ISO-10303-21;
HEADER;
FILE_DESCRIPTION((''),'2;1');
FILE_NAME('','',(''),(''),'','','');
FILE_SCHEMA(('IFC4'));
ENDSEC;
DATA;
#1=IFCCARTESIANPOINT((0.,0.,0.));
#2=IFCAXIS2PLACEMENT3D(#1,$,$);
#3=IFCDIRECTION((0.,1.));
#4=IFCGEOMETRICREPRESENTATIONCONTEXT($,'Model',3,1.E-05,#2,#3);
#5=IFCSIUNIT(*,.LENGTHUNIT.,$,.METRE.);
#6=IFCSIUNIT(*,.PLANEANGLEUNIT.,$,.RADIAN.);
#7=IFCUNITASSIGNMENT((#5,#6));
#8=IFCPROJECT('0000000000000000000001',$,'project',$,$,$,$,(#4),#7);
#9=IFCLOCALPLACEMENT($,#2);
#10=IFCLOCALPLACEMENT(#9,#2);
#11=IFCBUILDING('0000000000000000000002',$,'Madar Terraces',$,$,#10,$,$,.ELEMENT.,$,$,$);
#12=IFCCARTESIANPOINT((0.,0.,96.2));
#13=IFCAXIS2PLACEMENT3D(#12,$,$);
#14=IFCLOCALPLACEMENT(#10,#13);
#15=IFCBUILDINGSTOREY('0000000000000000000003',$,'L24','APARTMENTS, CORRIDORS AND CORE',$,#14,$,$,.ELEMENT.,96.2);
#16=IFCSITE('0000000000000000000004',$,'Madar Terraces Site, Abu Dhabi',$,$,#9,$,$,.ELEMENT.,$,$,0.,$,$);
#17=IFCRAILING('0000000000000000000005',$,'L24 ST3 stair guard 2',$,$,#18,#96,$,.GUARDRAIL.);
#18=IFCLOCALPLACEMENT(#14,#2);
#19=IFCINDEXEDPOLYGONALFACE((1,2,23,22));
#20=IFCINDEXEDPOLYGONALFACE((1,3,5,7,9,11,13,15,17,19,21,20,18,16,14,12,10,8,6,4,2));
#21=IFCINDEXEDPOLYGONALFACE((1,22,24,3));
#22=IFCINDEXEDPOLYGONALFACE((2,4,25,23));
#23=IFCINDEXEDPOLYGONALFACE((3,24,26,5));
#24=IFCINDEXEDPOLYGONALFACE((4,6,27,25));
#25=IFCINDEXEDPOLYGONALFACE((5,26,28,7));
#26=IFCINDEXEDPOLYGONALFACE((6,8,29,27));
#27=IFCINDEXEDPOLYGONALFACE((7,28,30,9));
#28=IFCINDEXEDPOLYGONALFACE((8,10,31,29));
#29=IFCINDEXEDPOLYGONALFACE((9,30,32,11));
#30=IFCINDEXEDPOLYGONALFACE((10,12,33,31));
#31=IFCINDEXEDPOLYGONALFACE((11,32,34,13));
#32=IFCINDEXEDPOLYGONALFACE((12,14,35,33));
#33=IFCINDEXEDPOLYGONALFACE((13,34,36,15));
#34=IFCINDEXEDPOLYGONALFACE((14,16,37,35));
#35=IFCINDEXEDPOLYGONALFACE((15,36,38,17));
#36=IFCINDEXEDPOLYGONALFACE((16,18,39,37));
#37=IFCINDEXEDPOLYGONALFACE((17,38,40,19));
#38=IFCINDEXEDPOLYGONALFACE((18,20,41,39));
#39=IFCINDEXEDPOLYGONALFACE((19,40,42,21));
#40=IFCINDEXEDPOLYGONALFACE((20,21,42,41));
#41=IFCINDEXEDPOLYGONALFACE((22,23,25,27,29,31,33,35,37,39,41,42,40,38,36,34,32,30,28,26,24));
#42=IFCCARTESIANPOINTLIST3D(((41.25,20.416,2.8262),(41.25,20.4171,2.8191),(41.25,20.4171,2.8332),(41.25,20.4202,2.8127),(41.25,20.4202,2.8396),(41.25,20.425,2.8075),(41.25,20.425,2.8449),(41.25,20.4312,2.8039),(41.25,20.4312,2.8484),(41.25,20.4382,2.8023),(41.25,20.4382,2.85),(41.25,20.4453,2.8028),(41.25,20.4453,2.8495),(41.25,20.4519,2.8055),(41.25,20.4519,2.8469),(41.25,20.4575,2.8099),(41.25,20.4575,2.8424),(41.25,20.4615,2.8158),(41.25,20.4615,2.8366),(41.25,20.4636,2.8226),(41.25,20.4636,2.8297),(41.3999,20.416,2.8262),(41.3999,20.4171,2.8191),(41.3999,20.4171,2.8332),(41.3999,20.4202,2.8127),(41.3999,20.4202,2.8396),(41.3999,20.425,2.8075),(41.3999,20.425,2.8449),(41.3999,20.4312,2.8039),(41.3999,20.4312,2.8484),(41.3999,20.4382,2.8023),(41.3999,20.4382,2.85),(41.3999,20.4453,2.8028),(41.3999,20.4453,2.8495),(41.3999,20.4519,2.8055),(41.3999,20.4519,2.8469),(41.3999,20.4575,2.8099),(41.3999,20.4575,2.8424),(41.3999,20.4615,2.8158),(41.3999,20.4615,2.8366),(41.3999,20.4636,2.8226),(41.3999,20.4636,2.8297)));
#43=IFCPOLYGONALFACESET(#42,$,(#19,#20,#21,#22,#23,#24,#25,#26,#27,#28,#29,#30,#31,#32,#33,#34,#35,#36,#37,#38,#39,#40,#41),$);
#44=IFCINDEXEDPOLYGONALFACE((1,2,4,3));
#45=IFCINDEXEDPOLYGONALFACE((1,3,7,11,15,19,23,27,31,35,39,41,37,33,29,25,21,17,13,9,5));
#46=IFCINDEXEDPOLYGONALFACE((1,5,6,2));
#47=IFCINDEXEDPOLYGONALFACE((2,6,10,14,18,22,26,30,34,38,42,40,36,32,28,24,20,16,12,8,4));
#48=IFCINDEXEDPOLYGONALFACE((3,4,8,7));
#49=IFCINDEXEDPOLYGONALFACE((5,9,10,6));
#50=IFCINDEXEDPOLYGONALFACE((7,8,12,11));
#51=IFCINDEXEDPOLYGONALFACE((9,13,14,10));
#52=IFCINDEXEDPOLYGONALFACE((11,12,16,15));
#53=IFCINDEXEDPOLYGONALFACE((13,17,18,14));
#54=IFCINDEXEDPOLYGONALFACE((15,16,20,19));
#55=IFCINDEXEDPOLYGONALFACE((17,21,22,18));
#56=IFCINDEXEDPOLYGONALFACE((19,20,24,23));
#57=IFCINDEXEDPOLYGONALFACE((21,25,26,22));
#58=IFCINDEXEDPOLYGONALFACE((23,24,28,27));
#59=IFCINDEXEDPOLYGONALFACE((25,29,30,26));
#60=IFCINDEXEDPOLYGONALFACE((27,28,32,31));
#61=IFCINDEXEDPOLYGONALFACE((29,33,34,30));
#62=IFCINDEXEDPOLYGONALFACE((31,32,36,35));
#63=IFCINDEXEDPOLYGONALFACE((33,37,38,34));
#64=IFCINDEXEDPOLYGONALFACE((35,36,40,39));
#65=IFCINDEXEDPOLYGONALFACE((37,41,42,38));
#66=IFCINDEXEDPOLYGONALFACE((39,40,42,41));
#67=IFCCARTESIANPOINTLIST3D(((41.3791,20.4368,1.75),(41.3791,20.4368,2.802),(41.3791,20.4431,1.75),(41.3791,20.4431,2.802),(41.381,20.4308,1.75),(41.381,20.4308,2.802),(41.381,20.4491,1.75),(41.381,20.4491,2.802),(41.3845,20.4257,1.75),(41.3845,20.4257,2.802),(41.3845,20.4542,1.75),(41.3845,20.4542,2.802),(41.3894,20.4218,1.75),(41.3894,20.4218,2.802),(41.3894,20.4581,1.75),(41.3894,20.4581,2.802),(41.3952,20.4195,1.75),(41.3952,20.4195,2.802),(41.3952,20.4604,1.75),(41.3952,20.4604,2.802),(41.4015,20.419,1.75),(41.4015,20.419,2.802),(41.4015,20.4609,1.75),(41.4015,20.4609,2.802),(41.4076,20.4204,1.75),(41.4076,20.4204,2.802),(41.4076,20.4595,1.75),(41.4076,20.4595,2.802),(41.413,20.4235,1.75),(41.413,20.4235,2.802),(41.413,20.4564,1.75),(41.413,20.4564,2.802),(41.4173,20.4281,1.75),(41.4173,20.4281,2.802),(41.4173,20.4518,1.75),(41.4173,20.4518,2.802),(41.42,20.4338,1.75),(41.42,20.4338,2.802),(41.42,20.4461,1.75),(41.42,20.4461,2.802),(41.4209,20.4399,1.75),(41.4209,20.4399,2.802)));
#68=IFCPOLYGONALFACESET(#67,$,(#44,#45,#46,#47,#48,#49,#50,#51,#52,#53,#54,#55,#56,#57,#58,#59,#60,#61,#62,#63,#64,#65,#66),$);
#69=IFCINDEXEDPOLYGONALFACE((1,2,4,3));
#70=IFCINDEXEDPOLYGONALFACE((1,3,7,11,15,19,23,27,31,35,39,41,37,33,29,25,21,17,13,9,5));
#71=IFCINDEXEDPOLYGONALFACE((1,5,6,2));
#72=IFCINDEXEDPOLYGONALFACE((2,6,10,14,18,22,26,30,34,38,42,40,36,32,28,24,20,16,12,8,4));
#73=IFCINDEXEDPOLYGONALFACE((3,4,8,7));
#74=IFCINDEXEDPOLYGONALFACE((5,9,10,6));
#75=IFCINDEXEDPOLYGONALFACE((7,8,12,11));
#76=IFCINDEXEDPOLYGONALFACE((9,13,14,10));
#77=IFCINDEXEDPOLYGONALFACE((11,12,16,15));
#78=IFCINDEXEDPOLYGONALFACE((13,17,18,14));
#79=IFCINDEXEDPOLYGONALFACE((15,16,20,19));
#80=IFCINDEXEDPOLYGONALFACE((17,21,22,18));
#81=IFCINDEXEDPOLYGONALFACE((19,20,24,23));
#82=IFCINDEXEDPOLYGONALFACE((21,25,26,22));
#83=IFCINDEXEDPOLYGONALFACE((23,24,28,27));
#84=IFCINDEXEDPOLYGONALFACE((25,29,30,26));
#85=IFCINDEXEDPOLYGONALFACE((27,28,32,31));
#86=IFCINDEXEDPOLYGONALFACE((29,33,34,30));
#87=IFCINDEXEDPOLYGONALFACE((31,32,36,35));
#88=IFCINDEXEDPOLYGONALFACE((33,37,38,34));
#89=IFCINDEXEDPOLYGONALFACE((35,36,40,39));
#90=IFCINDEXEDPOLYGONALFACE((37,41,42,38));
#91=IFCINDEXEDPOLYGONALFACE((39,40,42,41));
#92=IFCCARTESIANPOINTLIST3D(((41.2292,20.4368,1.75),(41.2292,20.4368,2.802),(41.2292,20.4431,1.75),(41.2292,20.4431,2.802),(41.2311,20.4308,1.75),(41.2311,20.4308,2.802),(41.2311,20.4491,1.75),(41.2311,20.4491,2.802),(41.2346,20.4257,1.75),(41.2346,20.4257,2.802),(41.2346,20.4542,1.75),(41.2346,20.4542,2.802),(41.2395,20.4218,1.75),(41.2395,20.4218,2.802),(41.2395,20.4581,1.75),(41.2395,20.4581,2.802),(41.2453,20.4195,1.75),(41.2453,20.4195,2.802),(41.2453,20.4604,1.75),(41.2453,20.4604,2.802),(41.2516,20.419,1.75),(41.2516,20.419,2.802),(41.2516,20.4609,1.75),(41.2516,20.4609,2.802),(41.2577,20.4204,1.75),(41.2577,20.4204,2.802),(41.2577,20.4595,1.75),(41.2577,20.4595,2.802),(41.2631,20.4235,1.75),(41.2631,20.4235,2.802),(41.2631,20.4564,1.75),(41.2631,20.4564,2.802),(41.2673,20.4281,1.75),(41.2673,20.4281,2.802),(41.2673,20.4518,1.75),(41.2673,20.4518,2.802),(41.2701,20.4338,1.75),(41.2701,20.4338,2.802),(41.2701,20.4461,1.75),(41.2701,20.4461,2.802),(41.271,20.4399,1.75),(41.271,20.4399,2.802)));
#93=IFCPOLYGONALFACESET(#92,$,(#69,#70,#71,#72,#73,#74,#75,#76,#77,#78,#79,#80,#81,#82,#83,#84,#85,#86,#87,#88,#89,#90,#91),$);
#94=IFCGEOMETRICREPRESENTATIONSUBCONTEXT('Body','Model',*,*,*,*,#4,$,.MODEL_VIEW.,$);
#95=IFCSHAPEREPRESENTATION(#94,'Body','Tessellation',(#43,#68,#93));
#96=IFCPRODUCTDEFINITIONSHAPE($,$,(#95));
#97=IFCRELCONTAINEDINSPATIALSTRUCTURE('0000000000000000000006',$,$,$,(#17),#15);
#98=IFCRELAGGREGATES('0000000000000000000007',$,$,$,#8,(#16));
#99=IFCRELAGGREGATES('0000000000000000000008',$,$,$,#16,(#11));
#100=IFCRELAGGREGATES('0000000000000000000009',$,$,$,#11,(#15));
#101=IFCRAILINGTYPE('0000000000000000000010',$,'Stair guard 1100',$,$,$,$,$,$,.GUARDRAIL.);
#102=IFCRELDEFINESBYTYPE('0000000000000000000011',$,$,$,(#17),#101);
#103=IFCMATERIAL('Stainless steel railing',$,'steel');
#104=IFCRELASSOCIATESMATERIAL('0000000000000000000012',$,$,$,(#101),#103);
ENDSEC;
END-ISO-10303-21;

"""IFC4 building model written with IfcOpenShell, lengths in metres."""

from ifc_helpers import new_model, si_unit, direction, frame, origin, origin_2d, place, context, subcontext, project, spatial, circle, extrude, material, type_object, element, save


model = new_model("IFC4")

# Units and contexts
model_context = context("Model", 3, precision=1e-05, world=origin(), true_north=direction((0.0, 1.0)))
body_context = subcontext(model_context, "Body", "Model", "MODEL_VIEW")
ifc_project = project(units=[si_unit("LENGTHUNIT", "METRE"), si_unit("PLANEANGLEUNIT", "RADIAN")], contexts=[model_context])

# Site, building, storey
site_placement = place(None, origin())
site = spatial("IfcSite", under=ifc_project, at=site_placement, Name="Madar Terraces Site, Abu Dhabi", CompositionType="ELEMENT", RefElevation=0.0)
building_placement = place(site_placement, origin())
building = spatial("IfcBuilding", under=site, at=building_placement, Name="Madar Terraces", CompositionType="ELEMENT")
storey_placement = place(building_placement, frame((0.0, 0.0, 96.2)))
storey = spatial("IfcBuildingStorey", under=building, at=storey_placement, Name="L24", Description="APARTMENTS, CORRIDORS AND CORE", CompositionType="ELEMENT", Elevation=96.2)

# Railing
ifc_material_1 = material(Name="Stainless steel railing", Category="steel")
railing_type_1 = type_object("IfcRailingType", Name="Stair guard 1100", PredefinedType="GUARDRAIL", material=ifc_material_1)
railing_1_placement = place(storey_placement, frame((41.3999, 20.4399, 1.75)))
element("IfcRailing", 1, at=railing_1_placement, inside=storey, type_object=railing_type_1, Name="L24 ST3 stair guard 2", PredefinedType="GUARDRAIL", context=body_context, shape_type="SweptSolid", body=[
    extrude(circle(Radius=0.0239, at=origin_2d()), frame((0.0, 0.0, 1.0762), z_axis=(-1.0, 0.0, 0.0), x_axis=(0.0, -1.0, 0.0)), (0.0, 0.0, 1.0), 0.1499),
    extrude(circle(Radius=0.021, at=origin_2d()), origin(), (0.0, 0.0, 1.0), 1.052),
    extrude(circle(Radius=0.021, at=origin_2d()), frame((-0.1499, 0.0, 0.0)), (0.0, 0.0, 1.0), 1.052),
])

save(model, "model.ifc")
